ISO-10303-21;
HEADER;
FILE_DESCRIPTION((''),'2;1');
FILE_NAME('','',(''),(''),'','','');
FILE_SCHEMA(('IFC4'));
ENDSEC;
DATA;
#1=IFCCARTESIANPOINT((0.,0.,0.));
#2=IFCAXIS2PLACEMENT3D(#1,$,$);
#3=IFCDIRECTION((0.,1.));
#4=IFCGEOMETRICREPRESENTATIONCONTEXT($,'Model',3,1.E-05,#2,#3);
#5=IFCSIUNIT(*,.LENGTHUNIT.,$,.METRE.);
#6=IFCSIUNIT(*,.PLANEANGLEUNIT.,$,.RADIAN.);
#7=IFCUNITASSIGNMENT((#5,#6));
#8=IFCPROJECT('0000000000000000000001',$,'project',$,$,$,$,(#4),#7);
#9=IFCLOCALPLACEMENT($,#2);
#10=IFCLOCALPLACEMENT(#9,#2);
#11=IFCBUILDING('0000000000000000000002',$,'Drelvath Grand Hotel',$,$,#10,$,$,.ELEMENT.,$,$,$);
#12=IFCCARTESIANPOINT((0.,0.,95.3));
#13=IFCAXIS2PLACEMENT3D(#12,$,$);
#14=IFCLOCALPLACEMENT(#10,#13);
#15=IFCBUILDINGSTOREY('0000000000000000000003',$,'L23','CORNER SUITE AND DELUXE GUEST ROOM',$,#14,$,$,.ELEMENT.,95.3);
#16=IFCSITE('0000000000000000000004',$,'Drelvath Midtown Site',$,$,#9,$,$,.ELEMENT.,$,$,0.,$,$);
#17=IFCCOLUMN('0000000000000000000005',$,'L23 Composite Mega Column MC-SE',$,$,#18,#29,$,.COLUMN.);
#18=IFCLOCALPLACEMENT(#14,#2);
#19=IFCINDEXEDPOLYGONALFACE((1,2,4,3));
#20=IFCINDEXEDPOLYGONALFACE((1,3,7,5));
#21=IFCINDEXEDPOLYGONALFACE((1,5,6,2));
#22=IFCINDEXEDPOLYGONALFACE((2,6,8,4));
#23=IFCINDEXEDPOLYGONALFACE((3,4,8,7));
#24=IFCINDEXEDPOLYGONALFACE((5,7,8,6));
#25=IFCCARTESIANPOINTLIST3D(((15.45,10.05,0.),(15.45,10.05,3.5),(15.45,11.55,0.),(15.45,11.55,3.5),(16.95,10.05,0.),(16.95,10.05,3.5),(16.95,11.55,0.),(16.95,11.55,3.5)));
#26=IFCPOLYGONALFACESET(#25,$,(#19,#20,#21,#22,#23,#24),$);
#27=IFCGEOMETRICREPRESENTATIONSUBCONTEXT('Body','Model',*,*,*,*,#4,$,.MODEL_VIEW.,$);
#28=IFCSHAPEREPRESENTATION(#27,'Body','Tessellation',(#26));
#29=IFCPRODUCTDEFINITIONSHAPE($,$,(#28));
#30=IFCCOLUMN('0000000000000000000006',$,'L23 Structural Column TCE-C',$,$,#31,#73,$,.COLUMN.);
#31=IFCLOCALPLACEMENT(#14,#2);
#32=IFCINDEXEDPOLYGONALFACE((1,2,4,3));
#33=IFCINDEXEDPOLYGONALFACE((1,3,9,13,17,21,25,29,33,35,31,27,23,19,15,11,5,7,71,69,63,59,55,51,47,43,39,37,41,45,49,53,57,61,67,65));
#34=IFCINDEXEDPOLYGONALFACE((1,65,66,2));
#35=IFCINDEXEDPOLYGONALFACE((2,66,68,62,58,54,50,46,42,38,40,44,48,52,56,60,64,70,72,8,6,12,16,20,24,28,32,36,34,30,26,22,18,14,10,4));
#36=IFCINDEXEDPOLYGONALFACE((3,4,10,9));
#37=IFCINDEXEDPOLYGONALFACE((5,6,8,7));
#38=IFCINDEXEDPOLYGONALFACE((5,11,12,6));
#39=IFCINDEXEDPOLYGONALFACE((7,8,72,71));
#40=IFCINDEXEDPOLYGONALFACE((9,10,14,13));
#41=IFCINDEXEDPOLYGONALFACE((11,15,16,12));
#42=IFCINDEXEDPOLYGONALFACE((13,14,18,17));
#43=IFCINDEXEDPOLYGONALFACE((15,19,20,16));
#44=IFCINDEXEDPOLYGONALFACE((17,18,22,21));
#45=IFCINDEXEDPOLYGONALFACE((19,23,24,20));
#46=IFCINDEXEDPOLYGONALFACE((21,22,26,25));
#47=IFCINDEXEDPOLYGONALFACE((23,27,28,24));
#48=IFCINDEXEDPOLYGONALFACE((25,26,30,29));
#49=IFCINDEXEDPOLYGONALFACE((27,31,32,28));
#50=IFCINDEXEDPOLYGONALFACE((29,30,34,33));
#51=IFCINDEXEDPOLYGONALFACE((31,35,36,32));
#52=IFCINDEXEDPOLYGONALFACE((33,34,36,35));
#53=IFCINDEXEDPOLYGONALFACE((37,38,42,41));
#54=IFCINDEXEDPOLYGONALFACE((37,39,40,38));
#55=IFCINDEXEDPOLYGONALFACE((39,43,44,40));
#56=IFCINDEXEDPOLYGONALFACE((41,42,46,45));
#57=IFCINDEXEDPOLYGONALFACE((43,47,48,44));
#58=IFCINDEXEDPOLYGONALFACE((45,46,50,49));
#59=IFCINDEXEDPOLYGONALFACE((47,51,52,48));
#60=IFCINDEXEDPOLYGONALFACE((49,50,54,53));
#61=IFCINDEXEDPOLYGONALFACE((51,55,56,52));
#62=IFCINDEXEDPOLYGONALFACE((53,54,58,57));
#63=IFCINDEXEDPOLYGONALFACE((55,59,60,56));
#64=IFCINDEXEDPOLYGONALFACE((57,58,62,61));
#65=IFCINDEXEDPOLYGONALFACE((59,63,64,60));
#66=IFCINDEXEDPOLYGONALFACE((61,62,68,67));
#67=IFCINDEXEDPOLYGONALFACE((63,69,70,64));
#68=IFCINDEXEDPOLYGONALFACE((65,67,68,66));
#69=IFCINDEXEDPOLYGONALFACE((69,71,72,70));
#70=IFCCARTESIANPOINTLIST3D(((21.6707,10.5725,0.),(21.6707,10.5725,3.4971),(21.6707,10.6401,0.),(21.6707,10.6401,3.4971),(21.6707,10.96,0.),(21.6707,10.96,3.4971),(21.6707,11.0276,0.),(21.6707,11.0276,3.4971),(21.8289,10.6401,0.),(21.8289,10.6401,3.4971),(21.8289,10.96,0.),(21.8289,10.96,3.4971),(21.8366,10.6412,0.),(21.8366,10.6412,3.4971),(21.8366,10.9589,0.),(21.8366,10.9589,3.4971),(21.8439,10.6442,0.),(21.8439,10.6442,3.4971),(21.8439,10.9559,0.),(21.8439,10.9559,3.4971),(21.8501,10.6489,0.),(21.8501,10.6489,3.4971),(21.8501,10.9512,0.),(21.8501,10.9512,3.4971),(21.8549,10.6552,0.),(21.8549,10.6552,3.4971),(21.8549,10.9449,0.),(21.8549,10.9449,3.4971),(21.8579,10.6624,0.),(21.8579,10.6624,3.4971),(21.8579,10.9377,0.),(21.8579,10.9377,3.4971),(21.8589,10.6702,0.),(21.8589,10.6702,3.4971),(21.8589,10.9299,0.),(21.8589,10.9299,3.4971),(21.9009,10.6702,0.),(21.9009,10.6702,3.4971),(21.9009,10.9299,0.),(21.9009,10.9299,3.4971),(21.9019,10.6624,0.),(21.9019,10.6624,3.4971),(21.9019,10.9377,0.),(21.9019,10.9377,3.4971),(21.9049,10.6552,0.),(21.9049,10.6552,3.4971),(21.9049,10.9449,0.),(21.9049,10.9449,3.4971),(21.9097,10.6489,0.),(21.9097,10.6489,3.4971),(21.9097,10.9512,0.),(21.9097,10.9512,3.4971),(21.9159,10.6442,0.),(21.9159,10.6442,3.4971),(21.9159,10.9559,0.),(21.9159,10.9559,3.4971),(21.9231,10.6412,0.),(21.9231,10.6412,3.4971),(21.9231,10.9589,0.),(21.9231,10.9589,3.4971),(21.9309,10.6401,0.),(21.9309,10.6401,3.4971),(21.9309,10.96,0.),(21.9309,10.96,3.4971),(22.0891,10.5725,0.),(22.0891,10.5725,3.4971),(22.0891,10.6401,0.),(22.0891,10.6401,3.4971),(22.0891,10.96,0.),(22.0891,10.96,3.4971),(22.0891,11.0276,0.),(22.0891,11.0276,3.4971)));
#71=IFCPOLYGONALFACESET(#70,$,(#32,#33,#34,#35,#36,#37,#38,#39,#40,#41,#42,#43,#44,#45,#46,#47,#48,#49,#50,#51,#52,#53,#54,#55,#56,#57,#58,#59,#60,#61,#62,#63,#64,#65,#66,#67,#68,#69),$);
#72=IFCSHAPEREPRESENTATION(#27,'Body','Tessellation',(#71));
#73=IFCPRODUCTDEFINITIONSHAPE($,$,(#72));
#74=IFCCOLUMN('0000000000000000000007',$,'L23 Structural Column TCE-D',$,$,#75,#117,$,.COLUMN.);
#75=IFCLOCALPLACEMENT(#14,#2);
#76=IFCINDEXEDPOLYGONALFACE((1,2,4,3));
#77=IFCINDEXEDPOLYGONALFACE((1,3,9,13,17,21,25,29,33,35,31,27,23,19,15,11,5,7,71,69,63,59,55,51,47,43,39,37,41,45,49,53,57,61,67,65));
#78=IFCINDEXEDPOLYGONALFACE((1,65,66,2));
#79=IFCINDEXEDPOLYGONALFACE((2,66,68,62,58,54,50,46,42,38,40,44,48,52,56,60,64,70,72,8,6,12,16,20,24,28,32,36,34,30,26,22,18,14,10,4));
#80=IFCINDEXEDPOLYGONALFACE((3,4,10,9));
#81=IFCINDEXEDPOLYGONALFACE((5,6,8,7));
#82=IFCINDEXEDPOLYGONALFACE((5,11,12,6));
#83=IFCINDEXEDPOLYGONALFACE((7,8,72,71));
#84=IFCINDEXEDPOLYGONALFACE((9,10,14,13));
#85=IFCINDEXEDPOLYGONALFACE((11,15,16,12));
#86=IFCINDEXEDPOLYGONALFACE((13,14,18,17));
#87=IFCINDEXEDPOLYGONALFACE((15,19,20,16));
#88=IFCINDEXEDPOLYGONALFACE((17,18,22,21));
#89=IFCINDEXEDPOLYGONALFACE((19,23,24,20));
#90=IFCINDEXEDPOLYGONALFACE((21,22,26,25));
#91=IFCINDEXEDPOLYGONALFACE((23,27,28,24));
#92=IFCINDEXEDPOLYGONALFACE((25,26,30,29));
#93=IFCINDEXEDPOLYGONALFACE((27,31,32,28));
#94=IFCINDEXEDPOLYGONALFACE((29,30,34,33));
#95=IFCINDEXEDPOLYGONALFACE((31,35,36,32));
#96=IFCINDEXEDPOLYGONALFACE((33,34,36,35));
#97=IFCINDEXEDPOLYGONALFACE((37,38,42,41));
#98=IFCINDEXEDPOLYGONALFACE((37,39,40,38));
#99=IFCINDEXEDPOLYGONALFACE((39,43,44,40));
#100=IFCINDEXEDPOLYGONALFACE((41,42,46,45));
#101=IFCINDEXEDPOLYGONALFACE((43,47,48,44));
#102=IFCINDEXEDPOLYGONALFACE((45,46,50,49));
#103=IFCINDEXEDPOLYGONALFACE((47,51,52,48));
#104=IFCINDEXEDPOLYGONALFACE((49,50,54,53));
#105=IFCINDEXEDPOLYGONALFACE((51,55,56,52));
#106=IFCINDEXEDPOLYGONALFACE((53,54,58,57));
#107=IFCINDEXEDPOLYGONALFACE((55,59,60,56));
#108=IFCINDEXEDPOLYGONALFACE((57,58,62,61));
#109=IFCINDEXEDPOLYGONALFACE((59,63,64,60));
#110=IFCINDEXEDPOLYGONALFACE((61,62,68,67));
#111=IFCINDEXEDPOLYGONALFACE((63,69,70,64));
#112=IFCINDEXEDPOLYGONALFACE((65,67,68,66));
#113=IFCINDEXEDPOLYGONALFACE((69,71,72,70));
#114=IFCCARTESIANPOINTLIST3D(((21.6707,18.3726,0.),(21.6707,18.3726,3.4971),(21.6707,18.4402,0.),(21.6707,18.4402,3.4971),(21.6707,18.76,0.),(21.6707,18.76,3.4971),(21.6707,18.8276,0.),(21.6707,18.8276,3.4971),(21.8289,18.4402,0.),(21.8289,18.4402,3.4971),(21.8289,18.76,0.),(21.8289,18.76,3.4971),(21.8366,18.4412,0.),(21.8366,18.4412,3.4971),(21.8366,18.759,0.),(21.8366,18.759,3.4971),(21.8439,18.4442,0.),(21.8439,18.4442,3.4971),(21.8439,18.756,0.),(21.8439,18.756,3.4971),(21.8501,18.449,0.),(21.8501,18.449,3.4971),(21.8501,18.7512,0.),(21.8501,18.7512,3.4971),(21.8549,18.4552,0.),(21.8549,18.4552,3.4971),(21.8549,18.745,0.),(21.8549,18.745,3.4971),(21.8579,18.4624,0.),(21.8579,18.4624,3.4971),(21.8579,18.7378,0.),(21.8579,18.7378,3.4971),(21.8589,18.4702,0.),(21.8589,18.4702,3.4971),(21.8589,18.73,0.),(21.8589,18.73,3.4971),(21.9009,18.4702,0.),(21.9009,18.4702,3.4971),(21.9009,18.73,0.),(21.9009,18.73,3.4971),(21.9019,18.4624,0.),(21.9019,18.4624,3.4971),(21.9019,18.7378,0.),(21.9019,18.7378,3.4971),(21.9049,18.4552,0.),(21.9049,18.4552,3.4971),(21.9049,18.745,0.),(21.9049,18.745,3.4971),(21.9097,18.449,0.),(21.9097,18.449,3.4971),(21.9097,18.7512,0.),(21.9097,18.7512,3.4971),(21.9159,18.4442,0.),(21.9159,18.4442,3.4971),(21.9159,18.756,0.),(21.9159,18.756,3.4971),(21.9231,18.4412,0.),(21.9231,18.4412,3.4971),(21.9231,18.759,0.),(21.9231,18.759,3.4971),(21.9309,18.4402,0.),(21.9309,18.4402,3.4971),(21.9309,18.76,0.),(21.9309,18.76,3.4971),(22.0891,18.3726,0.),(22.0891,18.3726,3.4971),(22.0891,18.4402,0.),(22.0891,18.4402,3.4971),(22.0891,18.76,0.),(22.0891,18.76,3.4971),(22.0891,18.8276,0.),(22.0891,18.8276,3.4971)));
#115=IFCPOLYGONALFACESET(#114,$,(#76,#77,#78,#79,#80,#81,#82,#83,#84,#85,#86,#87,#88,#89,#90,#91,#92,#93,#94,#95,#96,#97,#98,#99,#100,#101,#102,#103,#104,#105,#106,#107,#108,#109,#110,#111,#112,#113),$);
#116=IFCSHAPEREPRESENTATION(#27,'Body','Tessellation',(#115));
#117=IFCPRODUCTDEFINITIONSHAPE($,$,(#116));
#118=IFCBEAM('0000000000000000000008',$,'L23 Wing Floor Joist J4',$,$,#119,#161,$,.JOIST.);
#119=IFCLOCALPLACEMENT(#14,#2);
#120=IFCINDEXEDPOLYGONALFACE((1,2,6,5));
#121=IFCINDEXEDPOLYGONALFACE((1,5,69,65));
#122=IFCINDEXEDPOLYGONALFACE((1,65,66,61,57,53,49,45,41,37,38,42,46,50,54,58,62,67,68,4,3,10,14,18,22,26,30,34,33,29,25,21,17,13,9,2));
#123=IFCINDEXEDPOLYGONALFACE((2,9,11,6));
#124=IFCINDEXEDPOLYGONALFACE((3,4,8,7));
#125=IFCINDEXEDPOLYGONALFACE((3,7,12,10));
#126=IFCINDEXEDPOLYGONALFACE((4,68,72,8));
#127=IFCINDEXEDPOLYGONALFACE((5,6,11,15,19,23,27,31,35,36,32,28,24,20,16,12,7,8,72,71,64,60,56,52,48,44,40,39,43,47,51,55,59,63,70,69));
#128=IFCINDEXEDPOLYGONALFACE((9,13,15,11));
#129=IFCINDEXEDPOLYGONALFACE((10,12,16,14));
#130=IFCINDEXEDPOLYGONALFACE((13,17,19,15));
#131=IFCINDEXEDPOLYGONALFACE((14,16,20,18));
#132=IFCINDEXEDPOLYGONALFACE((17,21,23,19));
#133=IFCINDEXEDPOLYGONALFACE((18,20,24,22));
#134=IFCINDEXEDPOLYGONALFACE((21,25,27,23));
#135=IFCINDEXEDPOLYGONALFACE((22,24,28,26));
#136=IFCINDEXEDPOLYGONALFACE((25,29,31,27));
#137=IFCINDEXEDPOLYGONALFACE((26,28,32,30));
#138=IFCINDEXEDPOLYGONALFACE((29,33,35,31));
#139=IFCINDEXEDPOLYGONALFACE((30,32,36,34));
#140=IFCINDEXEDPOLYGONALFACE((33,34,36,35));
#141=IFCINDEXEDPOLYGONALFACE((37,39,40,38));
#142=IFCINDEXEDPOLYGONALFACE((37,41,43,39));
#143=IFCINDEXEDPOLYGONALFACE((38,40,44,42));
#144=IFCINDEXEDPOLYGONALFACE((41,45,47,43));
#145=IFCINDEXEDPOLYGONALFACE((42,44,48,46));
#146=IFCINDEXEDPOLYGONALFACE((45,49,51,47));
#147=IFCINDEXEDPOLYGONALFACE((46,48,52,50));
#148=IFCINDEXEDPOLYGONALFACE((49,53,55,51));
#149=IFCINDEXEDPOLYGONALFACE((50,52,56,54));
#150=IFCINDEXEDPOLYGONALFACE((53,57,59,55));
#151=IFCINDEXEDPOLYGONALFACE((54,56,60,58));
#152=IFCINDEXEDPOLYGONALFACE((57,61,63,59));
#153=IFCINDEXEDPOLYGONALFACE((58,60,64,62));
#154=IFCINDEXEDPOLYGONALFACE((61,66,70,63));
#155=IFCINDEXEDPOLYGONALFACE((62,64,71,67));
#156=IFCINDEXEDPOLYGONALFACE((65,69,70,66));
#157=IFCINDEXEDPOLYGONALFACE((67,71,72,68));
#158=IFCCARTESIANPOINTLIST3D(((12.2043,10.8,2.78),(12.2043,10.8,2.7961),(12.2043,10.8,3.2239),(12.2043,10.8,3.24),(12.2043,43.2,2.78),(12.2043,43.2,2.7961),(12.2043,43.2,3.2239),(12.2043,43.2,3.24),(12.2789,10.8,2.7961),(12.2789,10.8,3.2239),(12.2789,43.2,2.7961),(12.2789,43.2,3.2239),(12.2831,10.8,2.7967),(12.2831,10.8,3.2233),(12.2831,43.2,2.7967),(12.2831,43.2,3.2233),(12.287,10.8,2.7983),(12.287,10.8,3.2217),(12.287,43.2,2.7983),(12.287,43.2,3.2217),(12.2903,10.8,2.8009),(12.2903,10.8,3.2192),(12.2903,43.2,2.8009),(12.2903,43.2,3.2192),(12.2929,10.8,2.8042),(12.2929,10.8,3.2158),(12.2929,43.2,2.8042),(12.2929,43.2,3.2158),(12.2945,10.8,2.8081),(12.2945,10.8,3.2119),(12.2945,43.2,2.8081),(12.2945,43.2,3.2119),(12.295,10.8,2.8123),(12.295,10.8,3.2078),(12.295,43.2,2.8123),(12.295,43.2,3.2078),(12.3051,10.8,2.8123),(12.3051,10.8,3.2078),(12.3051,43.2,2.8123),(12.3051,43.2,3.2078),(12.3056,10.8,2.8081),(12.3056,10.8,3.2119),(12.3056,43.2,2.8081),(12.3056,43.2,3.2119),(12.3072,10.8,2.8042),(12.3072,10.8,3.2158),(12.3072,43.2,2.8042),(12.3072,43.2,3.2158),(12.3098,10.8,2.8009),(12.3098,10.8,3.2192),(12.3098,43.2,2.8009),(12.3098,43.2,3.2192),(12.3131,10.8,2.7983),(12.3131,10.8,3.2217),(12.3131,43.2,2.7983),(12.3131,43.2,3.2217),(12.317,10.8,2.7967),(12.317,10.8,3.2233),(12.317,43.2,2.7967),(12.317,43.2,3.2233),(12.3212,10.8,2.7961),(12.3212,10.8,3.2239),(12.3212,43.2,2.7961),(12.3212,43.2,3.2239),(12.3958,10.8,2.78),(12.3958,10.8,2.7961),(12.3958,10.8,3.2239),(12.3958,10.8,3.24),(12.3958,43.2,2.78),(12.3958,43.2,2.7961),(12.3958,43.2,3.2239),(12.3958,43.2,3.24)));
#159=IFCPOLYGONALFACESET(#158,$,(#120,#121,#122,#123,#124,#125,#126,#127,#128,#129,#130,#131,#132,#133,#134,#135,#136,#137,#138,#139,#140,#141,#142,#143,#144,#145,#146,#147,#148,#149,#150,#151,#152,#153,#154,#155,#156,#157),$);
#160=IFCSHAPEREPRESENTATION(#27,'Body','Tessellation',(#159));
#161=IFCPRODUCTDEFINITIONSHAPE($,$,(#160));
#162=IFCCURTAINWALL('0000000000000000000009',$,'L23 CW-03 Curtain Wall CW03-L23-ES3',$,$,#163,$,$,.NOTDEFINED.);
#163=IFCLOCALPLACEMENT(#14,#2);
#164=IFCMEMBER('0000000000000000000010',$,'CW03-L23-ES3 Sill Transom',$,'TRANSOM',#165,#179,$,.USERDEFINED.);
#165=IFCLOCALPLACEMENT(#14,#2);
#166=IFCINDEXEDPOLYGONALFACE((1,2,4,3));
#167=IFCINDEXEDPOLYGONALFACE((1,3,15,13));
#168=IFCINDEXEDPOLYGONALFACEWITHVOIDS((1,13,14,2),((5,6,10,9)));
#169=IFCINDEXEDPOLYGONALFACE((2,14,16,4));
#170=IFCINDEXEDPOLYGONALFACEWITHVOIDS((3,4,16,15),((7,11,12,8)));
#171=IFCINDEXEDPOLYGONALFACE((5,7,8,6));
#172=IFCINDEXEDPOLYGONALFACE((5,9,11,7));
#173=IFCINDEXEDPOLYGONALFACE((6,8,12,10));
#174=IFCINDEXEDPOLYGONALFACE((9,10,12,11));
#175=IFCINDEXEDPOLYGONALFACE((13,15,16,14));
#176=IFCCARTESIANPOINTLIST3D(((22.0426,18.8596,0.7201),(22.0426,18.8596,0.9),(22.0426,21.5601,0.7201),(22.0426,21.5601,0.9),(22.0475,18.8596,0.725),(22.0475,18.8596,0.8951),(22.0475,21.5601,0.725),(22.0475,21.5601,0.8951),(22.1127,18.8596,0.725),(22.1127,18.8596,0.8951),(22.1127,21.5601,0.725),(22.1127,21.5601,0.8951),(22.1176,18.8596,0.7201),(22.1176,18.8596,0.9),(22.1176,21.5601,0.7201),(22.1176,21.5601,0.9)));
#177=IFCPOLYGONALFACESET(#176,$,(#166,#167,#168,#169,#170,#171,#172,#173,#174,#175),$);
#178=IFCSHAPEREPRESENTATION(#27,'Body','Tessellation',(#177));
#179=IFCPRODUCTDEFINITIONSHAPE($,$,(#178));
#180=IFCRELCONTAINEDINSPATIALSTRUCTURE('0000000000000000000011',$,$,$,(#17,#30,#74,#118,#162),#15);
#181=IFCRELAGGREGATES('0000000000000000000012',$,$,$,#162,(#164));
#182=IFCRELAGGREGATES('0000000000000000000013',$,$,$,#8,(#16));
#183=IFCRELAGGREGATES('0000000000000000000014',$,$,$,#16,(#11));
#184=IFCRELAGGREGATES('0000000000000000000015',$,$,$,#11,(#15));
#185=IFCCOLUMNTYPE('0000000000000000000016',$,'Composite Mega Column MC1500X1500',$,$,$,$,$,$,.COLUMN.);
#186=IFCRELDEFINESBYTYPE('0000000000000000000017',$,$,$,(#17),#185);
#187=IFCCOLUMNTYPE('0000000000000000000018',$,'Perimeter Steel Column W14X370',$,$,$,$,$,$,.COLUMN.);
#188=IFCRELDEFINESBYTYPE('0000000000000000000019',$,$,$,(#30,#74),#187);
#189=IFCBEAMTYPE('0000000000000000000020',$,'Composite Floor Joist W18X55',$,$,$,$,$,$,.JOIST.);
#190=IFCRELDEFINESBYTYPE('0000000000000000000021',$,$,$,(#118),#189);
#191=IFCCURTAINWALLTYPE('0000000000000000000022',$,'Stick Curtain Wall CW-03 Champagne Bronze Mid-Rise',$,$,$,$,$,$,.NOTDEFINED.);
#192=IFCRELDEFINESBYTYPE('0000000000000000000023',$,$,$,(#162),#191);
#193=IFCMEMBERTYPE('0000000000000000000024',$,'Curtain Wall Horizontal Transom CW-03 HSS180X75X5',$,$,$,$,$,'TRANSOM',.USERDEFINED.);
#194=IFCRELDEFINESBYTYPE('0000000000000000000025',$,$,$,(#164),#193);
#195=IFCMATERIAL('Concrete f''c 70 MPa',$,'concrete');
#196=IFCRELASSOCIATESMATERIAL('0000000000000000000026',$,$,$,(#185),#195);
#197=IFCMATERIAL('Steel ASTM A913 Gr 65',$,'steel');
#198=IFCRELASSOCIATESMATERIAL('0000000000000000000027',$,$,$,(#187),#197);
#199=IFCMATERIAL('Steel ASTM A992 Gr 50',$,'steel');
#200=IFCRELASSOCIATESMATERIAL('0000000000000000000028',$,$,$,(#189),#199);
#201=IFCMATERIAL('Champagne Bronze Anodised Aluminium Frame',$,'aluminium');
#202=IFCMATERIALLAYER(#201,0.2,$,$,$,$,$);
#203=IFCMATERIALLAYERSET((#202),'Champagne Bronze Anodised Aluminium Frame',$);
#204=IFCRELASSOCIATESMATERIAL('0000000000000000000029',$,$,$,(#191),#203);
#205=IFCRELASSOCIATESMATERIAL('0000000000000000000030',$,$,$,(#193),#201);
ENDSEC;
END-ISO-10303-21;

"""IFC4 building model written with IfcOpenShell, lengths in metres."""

from ifc_helpers import new_model, si_unit, direction, frame, origin, origin_2d, place, context, subcontext, project, spatial, rectangle, hollow_rectangle, i_section, extrude, material, layer, layer_set, material_profile, profile_set, type_object, element, aggregate, save


model = new_model("IFC4")

# Units and contexts
model_context = context("Model", 3, precision=1e-05, world=origin(), true_north=direction((0.0, 1.0)))
body_context = subcontext(model_context, "Body", "Model", "MODEL_VIEW")
ifc_project = project(units=[si_unit("LENGTHUNIT", "METRE"), si_unit("PLANEANGLEUNIT", "RADIAN")], contexts=[model_context])

# Site, building, storey
site_placement = place(None, origin())
site = spatial("IfcSite", under=ifc_project, at=site_placement, Name="Drelvath Midtown Site", CompositionType="ELEMENT", RefElevation=0.0)
building_placement = place(site_placement, origin())
building = spatial("IfcBuilding", under=site, at=building_placement, Name="Drelvath Grand Hotel", CompositionType="ELEMENT")
storey_placement = place(building_placement, frame((0.0, 0.0, 95.3)))
storey = spatial("IfcBuildingStorey", under=building, at=storey_placement, Name="L23", Description="CORNER SUITE AND DELUXE GUEST ROOM", CompositionType="ELEMENT", Elevation=95.3)

# Columns
ifc_material_1 = material(Name="Concrete f'c 70 MPa", Category="concrete")
ifc_material_profile_1 = material_profile(ifc_material_1, rectangle(XDim=1.5, YDim=1.5, at=origin_2d()), Name="MC1500X1500")
ifc_profile_set_1 = profile_set([ifc_material_profile_1], Name="Concrete f'c 70 MPa")
column_type_1 = type_object("IfcColumnType", Name="Composite Mega Column MC1500X1500", PredefinedType="COLUMN", material=ifc_profile_set_1)
column_placement = place(storey_placement, frame((16.2, 10.8, 0.0), z_axis=(0.0, 0.0, 1.0), x_axis=(1.0, 0.0, 0.0)))
element("IfcColumn", 1, at=column_placement, inside=storey, type_object=column_type_1, Name="L23 Composite Mega Column MC-SE", PredefinedType="COLUMN", context=body_context, shape_type="SweptSolid", body=[
    extrude(rectangle(XDim=1.5, YDim=1.5, at=origin_2d()), origin(), (0.0, 0.0, 1.0), 3.5),
])
ifc_material_2 = material(Name="Steel ASTM A913 Gr 65", Category="steel")
ifc_material_profile_2 = material_profile(ifc_material_2, i_section(OverallWidth=0.4185, OverallDepth=0.4551, WebThickness=0.042, FlangeThickness=0.0676, FilletRadius=0.03, at=origin_2d()), Name="W14X370")
ifc_profile_set_2 = profile_set([ifc_material_profile_2], Name="Steel ASTM A913 Gr 65")
column_type_2 = type_object("IfcColumnType", Name="Perimeter Steel Column W14X370", PredefinedType="COLUMN", material=ifc_profile_set_2)
for number, where, z_axis, x_axis, name in (
    (2, (21.8799, 10.8, 0.0), (0.0, 0.0, 1.0), (1.0, 0.0, 0.0), "L23 Structural Column TCE-C"),
    (3, (21.8799, 18.6001, 0.0), (0.0, 0.0, 1.0), (1.0, 0.0, 0.0), "L23 Structural Column TCE-D"),
):
    element("IfcColumn", number, at=place(storey_placement, frame(where, z_axis=z_axis, x_axis=x_axis)), inside=storey, type_object=column_type_2, Name=name, PredefinedType="COLUMN", context=body_context, shape_type="SweptSolid", body=[
        extrude(i_section(OverallWidth=0.4185, OverallDepth=0.4551, WebThickness=0.042, FlangeThickness=0.0676, FilletRadius=0.03, at=origin_2d()), origin(), (0.0, 0.0, 1.0), 3.4971),
    ])

# Beam
ifc_material_3 = material(Name="Steel ASTM A992 Gr 50", Category="steel")
ifc_material_profile_3 = material_profile(ifc_material_3, i_section(OverallWidth=0.1914, OverallDepth=0.46, WebThickness=0.01, FlangeThickness=0.0161, FilletRadius=0.0161, at=origin_2d()), Name="W18X55")
ifc_profile_set_3 = profile_set([ifc_material_profile_3], Name="Steel ASTM A992 Gr 50")
beam_type_1 = type_object("IfcBeamType", Name="Composite Floor Joist W18X55", PredefinedType="JOIST", material=ifc_profile_set_3)
beam_1_placement = place(storey_placement, frame((12.3, 10.8, 3.01), z_axis=(0.0, 1.0, 0.0), x_axis=(-1.0, 0.0, 0.0)))
element("IfcBeam", 4, at=beam_1_placement, inside=storey, type_object=beam_type_1, Name="L23 Wing Floor Joist J4", PredefinedType="JOIST", context=body_context, shape_type="SweptSolid", body=[
    extrude(i_section(OverallWidth=0.1914, OverallDepth=0.46, WebThickness=0.01, FlangeThickness=0.0161, FilletRadius=0.0161, at=origin_2d()), origin(), (0.0, 0.0, 1.0), 32.3999),
])

# Curtain wall, member
ifc_material_4 = material(Name="Champagne Bronze Anodised Aluminium Frame", Category="aluminium")
ifc_layer_1 = layer(ifc_material_4, 0.2)
ifc_layer_set_1 = layer_set([ifc_layer_1], Name="Champagne Bronze Anodised Aluminium Frame")
curtain_wall_type = type_object("IfcCurtainWallType", Name="Stick Curtain Wall CW-03 Champagne Bronze Mid-Rise", PredefinedType="NOTDEFINED", material=ifc_layer_set_1)
curtain_wall_1_placement = place(storey_placement, origin())
curtain_wall_1 = element("IfcCurtainWall", 5, at=curtain_wall_1_placement, inside=storey, type_object=curtain_wall_type, Name="L23 CW-03 Curtain Wall CW03-L23-ES3", PredefinedType="NOTDEFINED")
ifc_material_profile_4 = material_profile(ifc_material_4, hollow_rectangle(XDim=0.075, YDim=0.1799, WallThickness=0.0049, at=origin_2d()), Name="HSS180X75X5")
ifc_profile_set_4 = profile_set([ifc_material_profile_4], Name="Champagne Bronze Anodised Aluminium Frame")
member_type_1 = type_object("IfcMemberType", Name="Curtain Wall Horizontal Transom CW-03 HSS180X75X5", ElementType="TRANSOM", PredefinedType="USERDEFINED", material=ifc_profile_set_4)
member_1_placement = place(storey_placement, frame((22.0801, 21.5601, 0.8101), z_axis=(0.0, -1.0, 0.0), x_axis=(1.0, 0.0, 0.0)))
member_1 = element("IfcMember", 6, at=member_1_placement, type_object=member_type_1, Name="CW03-L23-ES3 Sill Transom", ObjectType="TRANSOM", PredefinedType="USERDEFINED", context=body_context, shape_type="SweptSolid", body=[
    extrude(hollow_rectangle(XDim=0.075, YDim=0.1799, WallThickness=0.0049, at=origin_2d()), origin(), (0.0, 0.0, 1.0), 2.7004),
])

aggregate(curtain_wall_1, [member_1])

save(model, "model.ifc")
